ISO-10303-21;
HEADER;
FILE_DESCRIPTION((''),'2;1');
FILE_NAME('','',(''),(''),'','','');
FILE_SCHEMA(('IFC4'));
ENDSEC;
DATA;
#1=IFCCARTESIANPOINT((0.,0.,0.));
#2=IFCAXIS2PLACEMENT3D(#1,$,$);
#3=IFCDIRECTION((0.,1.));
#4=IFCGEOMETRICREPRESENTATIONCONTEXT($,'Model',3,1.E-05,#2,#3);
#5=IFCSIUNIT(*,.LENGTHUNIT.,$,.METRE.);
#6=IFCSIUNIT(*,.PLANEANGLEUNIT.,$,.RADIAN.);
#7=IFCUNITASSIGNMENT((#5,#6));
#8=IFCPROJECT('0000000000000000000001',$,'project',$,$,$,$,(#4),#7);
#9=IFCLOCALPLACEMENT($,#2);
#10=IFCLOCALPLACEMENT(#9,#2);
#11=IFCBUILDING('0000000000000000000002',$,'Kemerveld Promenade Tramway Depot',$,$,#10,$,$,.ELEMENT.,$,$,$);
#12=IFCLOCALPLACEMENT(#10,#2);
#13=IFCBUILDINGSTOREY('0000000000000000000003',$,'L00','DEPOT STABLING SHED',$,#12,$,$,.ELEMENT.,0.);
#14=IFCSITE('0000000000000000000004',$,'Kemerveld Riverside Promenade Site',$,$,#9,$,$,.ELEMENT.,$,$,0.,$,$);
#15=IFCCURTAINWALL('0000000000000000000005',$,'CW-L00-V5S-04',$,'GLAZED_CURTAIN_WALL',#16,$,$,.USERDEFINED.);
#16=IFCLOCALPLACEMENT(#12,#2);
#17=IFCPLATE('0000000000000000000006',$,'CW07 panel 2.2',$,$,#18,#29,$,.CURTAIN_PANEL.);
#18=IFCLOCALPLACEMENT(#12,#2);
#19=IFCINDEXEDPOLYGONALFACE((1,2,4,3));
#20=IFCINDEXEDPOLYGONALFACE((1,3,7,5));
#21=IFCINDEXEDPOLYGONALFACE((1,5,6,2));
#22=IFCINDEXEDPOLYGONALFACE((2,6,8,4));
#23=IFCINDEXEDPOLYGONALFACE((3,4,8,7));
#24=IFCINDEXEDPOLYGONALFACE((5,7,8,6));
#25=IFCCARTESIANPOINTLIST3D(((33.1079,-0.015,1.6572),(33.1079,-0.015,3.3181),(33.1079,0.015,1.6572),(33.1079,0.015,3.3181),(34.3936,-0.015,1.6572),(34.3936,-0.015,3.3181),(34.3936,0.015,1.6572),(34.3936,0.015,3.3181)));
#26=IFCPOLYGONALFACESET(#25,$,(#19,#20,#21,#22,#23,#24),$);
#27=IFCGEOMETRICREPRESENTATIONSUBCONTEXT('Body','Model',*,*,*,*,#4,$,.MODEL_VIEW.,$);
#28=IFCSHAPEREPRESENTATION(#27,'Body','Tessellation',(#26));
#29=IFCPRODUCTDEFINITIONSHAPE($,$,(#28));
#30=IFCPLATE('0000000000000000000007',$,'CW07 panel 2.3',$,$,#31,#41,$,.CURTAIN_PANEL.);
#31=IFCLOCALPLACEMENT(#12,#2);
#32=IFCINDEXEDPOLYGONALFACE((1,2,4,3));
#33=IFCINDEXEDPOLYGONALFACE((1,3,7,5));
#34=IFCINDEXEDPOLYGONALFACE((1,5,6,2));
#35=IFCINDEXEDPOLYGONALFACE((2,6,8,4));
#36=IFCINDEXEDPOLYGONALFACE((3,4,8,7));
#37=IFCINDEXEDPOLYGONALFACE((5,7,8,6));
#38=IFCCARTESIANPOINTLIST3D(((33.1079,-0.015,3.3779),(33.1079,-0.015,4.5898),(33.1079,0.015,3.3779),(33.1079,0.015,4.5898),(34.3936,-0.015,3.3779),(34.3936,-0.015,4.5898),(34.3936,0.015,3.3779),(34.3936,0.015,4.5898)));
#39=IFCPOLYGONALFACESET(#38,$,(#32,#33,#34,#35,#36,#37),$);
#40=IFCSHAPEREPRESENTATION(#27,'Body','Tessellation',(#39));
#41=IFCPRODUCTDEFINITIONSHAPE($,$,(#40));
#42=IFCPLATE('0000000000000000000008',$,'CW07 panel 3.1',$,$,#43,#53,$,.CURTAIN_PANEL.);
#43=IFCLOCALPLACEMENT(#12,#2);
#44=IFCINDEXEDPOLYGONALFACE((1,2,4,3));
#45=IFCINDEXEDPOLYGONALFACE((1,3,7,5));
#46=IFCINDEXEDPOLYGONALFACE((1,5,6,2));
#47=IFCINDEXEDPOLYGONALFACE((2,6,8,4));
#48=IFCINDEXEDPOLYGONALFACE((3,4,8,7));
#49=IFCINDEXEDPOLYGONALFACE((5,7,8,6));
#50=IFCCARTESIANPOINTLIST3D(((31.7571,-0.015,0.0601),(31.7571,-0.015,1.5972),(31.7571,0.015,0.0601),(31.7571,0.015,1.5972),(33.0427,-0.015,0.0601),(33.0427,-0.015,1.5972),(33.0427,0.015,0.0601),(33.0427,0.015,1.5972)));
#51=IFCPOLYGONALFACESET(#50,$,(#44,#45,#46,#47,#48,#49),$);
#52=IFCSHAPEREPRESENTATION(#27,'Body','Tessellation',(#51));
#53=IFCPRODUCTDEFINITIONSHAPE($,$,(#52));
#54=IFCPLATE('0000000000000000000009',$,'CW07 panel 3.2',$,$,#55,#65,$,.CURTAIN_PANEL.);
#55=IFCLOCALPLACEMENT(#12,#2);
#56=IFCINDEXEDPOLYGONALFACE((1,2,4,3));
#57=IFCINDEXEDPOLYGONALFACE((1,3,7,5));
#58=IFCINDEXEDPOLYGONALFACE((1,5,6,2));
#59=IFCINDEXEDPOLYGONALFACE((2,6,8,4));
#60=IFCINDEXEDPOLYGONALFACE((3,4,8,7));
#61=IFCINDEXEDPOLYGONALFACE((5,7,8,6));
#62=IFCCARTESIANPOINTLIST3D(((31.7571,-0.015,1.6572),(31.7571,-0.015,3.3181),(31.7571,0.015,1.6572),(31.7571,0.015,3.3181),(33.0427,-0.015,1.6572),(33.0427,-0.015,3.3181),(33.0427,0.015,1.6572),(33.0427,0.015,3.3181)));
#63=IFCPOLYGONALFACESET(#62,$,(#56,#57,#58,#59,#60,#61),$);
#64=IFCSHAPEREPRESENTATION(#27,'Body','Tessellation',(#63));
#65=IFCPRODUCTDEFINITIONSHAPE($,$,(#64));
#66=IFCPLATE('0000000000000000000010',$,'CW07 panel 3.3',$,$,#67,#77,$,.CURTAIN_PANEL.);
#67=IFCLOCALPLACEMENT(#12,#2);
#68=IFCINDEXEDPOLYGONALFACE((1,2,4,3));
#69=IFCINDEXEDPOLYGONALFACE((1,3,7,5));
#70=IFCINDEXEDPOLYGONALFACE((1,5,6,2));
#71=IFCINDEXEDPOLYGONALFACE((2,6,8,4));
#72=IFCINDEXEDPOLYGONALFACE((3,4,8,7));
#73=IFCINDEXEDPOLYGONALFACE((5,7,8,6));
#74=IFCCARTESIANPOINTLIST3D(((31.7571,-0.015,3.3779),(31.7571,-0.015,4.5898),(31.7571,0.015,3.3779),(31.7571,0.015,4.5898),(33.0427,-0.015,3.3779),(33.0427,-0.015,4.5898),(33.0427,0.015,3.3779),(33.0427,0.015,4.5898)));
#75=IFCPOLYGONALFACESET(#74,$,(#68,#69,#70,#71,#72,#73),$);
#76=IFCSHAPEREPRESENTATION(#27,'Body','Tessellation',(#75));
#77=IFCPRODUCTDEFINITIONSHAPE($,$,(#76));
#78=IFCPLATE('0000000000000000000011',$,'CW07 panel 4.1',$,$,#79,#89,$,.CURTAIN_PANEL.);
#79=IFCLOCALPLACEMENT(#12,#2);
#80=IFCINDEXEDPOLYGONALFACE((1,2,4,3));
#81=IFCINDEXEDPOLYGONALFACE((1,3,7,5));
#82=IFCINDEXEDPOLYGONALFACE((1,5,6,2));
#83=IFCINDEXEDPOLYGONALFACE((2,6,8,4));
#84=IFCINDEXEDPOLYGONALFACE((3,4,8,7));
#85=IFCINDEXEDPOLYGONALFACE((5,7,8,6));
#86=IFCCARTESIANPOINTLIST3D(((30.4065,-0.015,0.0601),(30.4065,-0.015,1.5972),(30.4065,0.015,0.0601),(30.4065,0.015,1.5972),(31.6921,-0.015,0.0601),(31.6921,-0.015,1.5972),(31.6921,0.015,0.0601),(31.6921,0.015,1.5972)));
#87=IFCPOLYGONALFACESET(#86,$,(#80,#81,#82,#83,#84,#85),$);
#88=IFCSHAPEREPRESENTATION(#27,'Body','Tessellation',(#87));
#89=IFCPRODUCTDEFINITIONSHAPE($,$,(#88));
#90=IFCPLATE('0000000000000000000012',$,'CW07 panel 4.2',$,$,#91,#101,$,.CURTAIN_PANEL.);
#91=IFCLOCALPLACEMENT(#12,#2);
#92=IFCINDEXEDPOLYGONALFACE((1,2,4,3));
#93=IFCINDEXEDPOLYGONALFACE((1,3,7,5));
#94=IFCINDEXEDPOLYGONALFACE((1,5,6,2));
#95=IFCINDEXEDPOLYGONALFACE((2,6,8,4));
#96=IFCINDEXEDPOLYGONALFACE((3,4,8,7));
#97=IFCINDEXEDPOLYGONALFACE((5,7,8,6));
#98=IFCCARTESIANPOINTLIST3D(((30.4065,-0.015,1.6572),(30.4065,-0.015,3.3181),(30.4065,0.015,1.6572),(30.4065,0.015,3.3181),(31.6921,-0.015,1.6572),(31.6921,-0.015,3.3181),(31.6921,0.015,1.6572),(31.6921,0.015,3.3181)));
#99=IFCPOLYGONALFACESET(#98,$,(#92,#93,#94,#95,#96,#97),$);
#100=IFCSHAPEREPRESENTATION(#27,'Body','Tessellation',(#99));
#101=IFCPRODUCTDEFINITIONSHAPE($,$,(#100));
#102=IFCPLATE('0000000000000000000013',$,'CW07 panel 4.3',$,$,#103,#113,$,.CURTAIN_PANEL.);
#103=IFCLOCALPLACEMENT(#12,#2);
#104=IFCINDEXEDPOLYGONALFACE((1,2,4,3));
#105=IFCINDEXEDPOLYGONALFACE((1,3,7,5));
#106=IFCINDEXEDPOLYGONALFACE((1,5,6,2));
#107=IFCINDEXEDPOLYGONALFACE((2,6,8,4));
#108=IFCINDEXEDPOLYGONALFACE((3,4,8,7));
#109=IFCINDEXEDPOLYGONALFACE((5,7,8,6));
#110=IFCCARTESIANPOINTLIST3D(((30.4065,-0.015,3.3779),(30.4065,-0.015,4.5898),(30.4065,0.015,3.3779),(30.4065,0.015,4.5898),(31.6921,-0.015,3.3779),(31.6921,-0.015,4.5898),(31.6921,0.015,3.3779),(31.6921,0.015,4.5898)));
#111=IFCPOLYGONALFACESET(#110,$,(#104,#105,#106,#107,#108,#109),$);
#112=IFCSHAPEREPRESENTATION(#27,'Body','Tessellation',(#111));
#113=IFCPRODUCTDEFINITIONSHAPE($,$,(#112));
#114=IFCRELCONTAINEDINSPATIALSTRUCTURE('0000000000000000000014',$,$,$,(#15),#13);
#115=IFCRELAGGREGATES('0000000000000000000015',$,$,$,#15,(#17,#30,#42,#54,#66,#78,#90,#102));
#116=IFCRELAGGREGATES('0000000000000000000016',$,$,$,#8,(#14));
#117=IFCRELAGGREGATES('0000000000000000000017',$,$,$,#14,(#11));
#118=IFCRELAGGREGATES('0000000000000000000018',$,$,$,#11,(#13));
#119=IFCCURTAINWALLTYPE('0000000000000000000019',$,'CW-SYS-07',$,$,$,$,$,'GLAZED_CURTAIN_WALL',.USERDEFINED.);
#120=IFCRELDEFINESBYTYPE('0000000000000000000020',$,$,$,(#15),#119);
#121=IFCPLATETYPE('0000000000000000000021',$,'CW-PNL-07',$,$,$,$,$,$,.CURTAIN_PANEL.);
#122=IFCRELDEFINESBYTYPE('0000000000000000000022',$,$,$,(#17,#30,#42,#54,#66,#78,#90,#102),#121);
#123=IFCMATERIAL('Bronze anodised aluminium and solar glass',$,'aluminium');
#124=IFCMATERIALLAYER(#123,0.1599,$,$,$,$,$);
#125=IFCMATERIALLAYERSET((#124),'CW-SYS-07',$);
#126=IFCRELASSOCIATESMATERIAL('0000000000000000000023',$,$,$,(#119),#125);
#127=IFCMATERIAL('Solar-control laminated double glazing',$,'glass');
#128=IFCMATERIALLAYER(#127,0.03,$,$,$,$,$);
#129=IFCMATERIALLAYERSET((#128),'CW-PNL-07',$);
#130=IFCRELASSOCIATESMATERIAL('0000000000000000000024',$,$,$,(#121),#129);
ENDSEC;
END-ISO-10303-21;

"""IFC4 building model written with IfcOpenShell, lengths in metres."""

from ifc_helpers import new_model, si_unit, direction, frame, origin, origin_2d, place, context, subcontext, project, spatial, rectangle, extrude, material, layer, layer_set, type_object, element, aggregate, save


model = new_model("IFC4")

# Units and contexts
model_context = context("Model", 3, precision=1e-05, world=origin(), true_north=direction((0.0, 1.0)))
body_context = subcontext(model_context, "Body", "Model", "MODEL_VIEW")
ifc_project = project(units=[si_unit("LENGTHUNIT", "METRE"), si_unit("PLANEANGLEUNIT", "RADIAN")], contexts=[model_context])

# Site, building, storey
site_placement = place(None, origin())
site = spatial("IfcSite", under=ifc_project, at=site_placement, Name="Kemerveld Riverside Promenade Site", CompositionType="ELEMENT", RefElevation=0.0)
building_placement = place(site_placement, origin())
building = spatial("IfcBuilding", under=site, at=building_placement, Name="Kemerveld Promenade Tramway Depot", CompositionType="ELEMENT")
storey_placement = place(building_placement, origin())
storey = spatial("IfcBuildingStorey", under=building, at=storey_placement, Name="L00", Description="DEPOT STABLING SHED", CompositionType="ELEMENT", Elevation=0.0)

# Curtain wall, plates
ifc_material_1 = material(Name="Bronze anodised aluminium and solar glass", Category="aluminium")
ifc_layer_1 = layer(ifc_material_1, 0.1599)
ifc_layer_set_1 = layer_set([ifc_layer_1], Name="CW-SYS-07")
curtain_wall_type = type_object("IfcCurtainWallType", Name="CW-SYS-07", ElementType="GLAZED_CURTAIN_WALL", PredefinedType="USERDEFINED", material=ifc_layer_set_1)
curtain_wall_placement = place(storey_placement, origin())
curtain_wall = element("IfcCurtainWall", 1, at=curtain_wall_placement, inside=storey, type_object=curtain_wall_type, Name="CW-L00-V5S-04", ObjectType="GLAZED_CURTAIN_WALL", PredefinedType="USERDEFINED")
ifc_material_2 = material(Name="Solar-control laminated double glazing", Category="glass")
ifc_layer_2 = layer(ifc_material_2, 0.03)
ifc_layer_set_2 = layer_set([ifc_layer_2], Name="CW-PNL-07")
plate_type = type_object("IfcPlateType", Name="CW-PNL-07", PredefinedType="CURTAIN_PANEL", material=ifc_layer_set_2)
plate_1_placement = place(storey_placement, frame((33.7507, 0.0, 1.6572), z_axis=(0.0, 0.0, 1.0), x_axis=(-1.0, 0.0, 0.0)))
plate_1 = element("IfcPlate", 2, at=plate_1_placement, type_object=plate_type, Name="CW07 panel 2.2", PredefinedType="CURTAIN_PANEL", context=body_context, shape_type="SweptSolid", body=[
    extrude(rectangle(XDim=1.2856, YDim=0.03, at=origin_2d()), origin(), (0.0, 0.0, 1.0), 1.6609),
])
plate_2_placement = place(storey_placement, frame((33.7507, 0.0, 3.3779), z_axis=(0.0, 0.0, 1.0), x_axis=(-1.0, 0.0, 0.0)))
plate_2 = element("IfcPlate", 3, at=plate_2_placement, type_object=plate_type, Name="CW07 panel 2.3", PredefinedType="CURTAIN_PANEL", context=body_context, shape_type="SweptSolid", body=[
    extrude(rectangle(XDim=1.2856, YDim=0.03, at=origin_2d()), origin(), (0.0, 0.0, 1.0), 1.2119),
])
plate_3_placement = place(storey_placement, frame((32.3999, 0.0, 0.0601), z_axis=(0.0, 0.0, 1.0), x_axis=(-1.0, 0.0, 0.0)))
plate_3 = element("IfcPlate", 4, at=plate_3_placement, type_object=plate_type, Name="CW07 panel 3.1", PredefinedType="CURTAIN_PANEL", context=body_context, shape_type="SweptSolid", body=[
    extrude(rectangle(XDim=1.2856, YDim=0.03, at=origin_2d()), origin(), (0.0, 0.0, 1.0), 1.5371),
])
plate_4_placement = place(storey_placement, frame((32.3999, 0.0, 1.6572), z_axis=(0.0, 0.0, 1.0), x_axis=(-1.0, 0.0, 0.0)))
plate_4 = element("IfcPlate", 5, at=plate_4_placement, type_object=plate_type, Name="CW07 panel 3.2", PredefinedType="CURTAIN_PANEL", context=body_context, shape_type="SweptSolid", body=[
    extrude(rectangle(XDim=1.2856, YDim=0.03, at=origin_2d()), origin(), (0.0, 0.0, 1.0), 1.6609),
])
plate_5_placement = place(storey_placement, frame((32.3999, 0.0, 3.3779), z_axis=(0.0, 0.0, 1.0), x_axis=(-1.0, 0.0, 0.0)))
plate_5 = element("IfcPlate", 6, at=plate_5_placement, type_object=plate_type, Name="CW07 panel 3.3", PredefinedType="CURTAIN_PANEL", context=body_context, shape_type="SweptSolid", body=[
    extrude(rectangle(XDim=1.2856, YDim=0.03, at=origin_2d()), origin(), (0.0, 0.0, 1.0), 1.2119),
])
plate_6_placement = place(storey_placement, frame((31.0493, 0.0, 0.0601), z_axis=(0.0, 0.0, 1.0), x_axis=(-1.0, 0.0, 0.0)))
plate_6 = element("IfcPlate", 7, at=plate_6_placement, type_object=plate_type, Name="CW07 panel 4.1", PredefinedType="CURTAIN_PANEL", context=body_context, shape_type="SweptSolid", body=[
    extrude(rectangle(XDim=1.2856, YDim=0.03, at=origin_2d()), origin(), (0.0, 0.0, 1.0), 1.5371),
])
plate_7_placement = place(storey_placement, frame((31.0493, 0.0, 1.6572), z_axis=(0.0, 0.0, 1.0), x_axis=(-1.0, 0.0, 0.0)))
plate_7 = element("IfcPlate", 8, at=plate_7_placement, type_object=plate_type, Name="CW07 panel 4.2", PredefinedType="CURTAIN_PANEL", context=body_context, shape_type="SweptSolid", body=[
    extrude(rectangle(XDim=1.2856, YDim=0.03, at=origin_2d()), origin(), (0.0, 0.0, 1.0), 1.6609),
])
plate_8_placement = place(storey_placement, frame((31.0493, 0.0, 3.3779), z_axis=(0.0, 0.0, 1.0), x_axis=(-1.0, 0.0, 0.0)))
plate_8 = element("IfcPlate", 9, at=plate_8_placement, type_object=plate_type, Name="CW07 panel 4.3", PredefinedType="CURTAIN_PANEL", context=body_context, shape_type="SweptSolid", body=[
    extrude(rectangle(XDim=1.2856, YDim=0.03, at=origin_2d()), origin(), (0.0, 0.0, 1.0), 1.2119),
])
aggregate(curtain_wall, [plate_1, plate_2, plate_3, plate_4, plate_5, plate_6, plate_7, plate_8])

save(model, "model.ifc")
